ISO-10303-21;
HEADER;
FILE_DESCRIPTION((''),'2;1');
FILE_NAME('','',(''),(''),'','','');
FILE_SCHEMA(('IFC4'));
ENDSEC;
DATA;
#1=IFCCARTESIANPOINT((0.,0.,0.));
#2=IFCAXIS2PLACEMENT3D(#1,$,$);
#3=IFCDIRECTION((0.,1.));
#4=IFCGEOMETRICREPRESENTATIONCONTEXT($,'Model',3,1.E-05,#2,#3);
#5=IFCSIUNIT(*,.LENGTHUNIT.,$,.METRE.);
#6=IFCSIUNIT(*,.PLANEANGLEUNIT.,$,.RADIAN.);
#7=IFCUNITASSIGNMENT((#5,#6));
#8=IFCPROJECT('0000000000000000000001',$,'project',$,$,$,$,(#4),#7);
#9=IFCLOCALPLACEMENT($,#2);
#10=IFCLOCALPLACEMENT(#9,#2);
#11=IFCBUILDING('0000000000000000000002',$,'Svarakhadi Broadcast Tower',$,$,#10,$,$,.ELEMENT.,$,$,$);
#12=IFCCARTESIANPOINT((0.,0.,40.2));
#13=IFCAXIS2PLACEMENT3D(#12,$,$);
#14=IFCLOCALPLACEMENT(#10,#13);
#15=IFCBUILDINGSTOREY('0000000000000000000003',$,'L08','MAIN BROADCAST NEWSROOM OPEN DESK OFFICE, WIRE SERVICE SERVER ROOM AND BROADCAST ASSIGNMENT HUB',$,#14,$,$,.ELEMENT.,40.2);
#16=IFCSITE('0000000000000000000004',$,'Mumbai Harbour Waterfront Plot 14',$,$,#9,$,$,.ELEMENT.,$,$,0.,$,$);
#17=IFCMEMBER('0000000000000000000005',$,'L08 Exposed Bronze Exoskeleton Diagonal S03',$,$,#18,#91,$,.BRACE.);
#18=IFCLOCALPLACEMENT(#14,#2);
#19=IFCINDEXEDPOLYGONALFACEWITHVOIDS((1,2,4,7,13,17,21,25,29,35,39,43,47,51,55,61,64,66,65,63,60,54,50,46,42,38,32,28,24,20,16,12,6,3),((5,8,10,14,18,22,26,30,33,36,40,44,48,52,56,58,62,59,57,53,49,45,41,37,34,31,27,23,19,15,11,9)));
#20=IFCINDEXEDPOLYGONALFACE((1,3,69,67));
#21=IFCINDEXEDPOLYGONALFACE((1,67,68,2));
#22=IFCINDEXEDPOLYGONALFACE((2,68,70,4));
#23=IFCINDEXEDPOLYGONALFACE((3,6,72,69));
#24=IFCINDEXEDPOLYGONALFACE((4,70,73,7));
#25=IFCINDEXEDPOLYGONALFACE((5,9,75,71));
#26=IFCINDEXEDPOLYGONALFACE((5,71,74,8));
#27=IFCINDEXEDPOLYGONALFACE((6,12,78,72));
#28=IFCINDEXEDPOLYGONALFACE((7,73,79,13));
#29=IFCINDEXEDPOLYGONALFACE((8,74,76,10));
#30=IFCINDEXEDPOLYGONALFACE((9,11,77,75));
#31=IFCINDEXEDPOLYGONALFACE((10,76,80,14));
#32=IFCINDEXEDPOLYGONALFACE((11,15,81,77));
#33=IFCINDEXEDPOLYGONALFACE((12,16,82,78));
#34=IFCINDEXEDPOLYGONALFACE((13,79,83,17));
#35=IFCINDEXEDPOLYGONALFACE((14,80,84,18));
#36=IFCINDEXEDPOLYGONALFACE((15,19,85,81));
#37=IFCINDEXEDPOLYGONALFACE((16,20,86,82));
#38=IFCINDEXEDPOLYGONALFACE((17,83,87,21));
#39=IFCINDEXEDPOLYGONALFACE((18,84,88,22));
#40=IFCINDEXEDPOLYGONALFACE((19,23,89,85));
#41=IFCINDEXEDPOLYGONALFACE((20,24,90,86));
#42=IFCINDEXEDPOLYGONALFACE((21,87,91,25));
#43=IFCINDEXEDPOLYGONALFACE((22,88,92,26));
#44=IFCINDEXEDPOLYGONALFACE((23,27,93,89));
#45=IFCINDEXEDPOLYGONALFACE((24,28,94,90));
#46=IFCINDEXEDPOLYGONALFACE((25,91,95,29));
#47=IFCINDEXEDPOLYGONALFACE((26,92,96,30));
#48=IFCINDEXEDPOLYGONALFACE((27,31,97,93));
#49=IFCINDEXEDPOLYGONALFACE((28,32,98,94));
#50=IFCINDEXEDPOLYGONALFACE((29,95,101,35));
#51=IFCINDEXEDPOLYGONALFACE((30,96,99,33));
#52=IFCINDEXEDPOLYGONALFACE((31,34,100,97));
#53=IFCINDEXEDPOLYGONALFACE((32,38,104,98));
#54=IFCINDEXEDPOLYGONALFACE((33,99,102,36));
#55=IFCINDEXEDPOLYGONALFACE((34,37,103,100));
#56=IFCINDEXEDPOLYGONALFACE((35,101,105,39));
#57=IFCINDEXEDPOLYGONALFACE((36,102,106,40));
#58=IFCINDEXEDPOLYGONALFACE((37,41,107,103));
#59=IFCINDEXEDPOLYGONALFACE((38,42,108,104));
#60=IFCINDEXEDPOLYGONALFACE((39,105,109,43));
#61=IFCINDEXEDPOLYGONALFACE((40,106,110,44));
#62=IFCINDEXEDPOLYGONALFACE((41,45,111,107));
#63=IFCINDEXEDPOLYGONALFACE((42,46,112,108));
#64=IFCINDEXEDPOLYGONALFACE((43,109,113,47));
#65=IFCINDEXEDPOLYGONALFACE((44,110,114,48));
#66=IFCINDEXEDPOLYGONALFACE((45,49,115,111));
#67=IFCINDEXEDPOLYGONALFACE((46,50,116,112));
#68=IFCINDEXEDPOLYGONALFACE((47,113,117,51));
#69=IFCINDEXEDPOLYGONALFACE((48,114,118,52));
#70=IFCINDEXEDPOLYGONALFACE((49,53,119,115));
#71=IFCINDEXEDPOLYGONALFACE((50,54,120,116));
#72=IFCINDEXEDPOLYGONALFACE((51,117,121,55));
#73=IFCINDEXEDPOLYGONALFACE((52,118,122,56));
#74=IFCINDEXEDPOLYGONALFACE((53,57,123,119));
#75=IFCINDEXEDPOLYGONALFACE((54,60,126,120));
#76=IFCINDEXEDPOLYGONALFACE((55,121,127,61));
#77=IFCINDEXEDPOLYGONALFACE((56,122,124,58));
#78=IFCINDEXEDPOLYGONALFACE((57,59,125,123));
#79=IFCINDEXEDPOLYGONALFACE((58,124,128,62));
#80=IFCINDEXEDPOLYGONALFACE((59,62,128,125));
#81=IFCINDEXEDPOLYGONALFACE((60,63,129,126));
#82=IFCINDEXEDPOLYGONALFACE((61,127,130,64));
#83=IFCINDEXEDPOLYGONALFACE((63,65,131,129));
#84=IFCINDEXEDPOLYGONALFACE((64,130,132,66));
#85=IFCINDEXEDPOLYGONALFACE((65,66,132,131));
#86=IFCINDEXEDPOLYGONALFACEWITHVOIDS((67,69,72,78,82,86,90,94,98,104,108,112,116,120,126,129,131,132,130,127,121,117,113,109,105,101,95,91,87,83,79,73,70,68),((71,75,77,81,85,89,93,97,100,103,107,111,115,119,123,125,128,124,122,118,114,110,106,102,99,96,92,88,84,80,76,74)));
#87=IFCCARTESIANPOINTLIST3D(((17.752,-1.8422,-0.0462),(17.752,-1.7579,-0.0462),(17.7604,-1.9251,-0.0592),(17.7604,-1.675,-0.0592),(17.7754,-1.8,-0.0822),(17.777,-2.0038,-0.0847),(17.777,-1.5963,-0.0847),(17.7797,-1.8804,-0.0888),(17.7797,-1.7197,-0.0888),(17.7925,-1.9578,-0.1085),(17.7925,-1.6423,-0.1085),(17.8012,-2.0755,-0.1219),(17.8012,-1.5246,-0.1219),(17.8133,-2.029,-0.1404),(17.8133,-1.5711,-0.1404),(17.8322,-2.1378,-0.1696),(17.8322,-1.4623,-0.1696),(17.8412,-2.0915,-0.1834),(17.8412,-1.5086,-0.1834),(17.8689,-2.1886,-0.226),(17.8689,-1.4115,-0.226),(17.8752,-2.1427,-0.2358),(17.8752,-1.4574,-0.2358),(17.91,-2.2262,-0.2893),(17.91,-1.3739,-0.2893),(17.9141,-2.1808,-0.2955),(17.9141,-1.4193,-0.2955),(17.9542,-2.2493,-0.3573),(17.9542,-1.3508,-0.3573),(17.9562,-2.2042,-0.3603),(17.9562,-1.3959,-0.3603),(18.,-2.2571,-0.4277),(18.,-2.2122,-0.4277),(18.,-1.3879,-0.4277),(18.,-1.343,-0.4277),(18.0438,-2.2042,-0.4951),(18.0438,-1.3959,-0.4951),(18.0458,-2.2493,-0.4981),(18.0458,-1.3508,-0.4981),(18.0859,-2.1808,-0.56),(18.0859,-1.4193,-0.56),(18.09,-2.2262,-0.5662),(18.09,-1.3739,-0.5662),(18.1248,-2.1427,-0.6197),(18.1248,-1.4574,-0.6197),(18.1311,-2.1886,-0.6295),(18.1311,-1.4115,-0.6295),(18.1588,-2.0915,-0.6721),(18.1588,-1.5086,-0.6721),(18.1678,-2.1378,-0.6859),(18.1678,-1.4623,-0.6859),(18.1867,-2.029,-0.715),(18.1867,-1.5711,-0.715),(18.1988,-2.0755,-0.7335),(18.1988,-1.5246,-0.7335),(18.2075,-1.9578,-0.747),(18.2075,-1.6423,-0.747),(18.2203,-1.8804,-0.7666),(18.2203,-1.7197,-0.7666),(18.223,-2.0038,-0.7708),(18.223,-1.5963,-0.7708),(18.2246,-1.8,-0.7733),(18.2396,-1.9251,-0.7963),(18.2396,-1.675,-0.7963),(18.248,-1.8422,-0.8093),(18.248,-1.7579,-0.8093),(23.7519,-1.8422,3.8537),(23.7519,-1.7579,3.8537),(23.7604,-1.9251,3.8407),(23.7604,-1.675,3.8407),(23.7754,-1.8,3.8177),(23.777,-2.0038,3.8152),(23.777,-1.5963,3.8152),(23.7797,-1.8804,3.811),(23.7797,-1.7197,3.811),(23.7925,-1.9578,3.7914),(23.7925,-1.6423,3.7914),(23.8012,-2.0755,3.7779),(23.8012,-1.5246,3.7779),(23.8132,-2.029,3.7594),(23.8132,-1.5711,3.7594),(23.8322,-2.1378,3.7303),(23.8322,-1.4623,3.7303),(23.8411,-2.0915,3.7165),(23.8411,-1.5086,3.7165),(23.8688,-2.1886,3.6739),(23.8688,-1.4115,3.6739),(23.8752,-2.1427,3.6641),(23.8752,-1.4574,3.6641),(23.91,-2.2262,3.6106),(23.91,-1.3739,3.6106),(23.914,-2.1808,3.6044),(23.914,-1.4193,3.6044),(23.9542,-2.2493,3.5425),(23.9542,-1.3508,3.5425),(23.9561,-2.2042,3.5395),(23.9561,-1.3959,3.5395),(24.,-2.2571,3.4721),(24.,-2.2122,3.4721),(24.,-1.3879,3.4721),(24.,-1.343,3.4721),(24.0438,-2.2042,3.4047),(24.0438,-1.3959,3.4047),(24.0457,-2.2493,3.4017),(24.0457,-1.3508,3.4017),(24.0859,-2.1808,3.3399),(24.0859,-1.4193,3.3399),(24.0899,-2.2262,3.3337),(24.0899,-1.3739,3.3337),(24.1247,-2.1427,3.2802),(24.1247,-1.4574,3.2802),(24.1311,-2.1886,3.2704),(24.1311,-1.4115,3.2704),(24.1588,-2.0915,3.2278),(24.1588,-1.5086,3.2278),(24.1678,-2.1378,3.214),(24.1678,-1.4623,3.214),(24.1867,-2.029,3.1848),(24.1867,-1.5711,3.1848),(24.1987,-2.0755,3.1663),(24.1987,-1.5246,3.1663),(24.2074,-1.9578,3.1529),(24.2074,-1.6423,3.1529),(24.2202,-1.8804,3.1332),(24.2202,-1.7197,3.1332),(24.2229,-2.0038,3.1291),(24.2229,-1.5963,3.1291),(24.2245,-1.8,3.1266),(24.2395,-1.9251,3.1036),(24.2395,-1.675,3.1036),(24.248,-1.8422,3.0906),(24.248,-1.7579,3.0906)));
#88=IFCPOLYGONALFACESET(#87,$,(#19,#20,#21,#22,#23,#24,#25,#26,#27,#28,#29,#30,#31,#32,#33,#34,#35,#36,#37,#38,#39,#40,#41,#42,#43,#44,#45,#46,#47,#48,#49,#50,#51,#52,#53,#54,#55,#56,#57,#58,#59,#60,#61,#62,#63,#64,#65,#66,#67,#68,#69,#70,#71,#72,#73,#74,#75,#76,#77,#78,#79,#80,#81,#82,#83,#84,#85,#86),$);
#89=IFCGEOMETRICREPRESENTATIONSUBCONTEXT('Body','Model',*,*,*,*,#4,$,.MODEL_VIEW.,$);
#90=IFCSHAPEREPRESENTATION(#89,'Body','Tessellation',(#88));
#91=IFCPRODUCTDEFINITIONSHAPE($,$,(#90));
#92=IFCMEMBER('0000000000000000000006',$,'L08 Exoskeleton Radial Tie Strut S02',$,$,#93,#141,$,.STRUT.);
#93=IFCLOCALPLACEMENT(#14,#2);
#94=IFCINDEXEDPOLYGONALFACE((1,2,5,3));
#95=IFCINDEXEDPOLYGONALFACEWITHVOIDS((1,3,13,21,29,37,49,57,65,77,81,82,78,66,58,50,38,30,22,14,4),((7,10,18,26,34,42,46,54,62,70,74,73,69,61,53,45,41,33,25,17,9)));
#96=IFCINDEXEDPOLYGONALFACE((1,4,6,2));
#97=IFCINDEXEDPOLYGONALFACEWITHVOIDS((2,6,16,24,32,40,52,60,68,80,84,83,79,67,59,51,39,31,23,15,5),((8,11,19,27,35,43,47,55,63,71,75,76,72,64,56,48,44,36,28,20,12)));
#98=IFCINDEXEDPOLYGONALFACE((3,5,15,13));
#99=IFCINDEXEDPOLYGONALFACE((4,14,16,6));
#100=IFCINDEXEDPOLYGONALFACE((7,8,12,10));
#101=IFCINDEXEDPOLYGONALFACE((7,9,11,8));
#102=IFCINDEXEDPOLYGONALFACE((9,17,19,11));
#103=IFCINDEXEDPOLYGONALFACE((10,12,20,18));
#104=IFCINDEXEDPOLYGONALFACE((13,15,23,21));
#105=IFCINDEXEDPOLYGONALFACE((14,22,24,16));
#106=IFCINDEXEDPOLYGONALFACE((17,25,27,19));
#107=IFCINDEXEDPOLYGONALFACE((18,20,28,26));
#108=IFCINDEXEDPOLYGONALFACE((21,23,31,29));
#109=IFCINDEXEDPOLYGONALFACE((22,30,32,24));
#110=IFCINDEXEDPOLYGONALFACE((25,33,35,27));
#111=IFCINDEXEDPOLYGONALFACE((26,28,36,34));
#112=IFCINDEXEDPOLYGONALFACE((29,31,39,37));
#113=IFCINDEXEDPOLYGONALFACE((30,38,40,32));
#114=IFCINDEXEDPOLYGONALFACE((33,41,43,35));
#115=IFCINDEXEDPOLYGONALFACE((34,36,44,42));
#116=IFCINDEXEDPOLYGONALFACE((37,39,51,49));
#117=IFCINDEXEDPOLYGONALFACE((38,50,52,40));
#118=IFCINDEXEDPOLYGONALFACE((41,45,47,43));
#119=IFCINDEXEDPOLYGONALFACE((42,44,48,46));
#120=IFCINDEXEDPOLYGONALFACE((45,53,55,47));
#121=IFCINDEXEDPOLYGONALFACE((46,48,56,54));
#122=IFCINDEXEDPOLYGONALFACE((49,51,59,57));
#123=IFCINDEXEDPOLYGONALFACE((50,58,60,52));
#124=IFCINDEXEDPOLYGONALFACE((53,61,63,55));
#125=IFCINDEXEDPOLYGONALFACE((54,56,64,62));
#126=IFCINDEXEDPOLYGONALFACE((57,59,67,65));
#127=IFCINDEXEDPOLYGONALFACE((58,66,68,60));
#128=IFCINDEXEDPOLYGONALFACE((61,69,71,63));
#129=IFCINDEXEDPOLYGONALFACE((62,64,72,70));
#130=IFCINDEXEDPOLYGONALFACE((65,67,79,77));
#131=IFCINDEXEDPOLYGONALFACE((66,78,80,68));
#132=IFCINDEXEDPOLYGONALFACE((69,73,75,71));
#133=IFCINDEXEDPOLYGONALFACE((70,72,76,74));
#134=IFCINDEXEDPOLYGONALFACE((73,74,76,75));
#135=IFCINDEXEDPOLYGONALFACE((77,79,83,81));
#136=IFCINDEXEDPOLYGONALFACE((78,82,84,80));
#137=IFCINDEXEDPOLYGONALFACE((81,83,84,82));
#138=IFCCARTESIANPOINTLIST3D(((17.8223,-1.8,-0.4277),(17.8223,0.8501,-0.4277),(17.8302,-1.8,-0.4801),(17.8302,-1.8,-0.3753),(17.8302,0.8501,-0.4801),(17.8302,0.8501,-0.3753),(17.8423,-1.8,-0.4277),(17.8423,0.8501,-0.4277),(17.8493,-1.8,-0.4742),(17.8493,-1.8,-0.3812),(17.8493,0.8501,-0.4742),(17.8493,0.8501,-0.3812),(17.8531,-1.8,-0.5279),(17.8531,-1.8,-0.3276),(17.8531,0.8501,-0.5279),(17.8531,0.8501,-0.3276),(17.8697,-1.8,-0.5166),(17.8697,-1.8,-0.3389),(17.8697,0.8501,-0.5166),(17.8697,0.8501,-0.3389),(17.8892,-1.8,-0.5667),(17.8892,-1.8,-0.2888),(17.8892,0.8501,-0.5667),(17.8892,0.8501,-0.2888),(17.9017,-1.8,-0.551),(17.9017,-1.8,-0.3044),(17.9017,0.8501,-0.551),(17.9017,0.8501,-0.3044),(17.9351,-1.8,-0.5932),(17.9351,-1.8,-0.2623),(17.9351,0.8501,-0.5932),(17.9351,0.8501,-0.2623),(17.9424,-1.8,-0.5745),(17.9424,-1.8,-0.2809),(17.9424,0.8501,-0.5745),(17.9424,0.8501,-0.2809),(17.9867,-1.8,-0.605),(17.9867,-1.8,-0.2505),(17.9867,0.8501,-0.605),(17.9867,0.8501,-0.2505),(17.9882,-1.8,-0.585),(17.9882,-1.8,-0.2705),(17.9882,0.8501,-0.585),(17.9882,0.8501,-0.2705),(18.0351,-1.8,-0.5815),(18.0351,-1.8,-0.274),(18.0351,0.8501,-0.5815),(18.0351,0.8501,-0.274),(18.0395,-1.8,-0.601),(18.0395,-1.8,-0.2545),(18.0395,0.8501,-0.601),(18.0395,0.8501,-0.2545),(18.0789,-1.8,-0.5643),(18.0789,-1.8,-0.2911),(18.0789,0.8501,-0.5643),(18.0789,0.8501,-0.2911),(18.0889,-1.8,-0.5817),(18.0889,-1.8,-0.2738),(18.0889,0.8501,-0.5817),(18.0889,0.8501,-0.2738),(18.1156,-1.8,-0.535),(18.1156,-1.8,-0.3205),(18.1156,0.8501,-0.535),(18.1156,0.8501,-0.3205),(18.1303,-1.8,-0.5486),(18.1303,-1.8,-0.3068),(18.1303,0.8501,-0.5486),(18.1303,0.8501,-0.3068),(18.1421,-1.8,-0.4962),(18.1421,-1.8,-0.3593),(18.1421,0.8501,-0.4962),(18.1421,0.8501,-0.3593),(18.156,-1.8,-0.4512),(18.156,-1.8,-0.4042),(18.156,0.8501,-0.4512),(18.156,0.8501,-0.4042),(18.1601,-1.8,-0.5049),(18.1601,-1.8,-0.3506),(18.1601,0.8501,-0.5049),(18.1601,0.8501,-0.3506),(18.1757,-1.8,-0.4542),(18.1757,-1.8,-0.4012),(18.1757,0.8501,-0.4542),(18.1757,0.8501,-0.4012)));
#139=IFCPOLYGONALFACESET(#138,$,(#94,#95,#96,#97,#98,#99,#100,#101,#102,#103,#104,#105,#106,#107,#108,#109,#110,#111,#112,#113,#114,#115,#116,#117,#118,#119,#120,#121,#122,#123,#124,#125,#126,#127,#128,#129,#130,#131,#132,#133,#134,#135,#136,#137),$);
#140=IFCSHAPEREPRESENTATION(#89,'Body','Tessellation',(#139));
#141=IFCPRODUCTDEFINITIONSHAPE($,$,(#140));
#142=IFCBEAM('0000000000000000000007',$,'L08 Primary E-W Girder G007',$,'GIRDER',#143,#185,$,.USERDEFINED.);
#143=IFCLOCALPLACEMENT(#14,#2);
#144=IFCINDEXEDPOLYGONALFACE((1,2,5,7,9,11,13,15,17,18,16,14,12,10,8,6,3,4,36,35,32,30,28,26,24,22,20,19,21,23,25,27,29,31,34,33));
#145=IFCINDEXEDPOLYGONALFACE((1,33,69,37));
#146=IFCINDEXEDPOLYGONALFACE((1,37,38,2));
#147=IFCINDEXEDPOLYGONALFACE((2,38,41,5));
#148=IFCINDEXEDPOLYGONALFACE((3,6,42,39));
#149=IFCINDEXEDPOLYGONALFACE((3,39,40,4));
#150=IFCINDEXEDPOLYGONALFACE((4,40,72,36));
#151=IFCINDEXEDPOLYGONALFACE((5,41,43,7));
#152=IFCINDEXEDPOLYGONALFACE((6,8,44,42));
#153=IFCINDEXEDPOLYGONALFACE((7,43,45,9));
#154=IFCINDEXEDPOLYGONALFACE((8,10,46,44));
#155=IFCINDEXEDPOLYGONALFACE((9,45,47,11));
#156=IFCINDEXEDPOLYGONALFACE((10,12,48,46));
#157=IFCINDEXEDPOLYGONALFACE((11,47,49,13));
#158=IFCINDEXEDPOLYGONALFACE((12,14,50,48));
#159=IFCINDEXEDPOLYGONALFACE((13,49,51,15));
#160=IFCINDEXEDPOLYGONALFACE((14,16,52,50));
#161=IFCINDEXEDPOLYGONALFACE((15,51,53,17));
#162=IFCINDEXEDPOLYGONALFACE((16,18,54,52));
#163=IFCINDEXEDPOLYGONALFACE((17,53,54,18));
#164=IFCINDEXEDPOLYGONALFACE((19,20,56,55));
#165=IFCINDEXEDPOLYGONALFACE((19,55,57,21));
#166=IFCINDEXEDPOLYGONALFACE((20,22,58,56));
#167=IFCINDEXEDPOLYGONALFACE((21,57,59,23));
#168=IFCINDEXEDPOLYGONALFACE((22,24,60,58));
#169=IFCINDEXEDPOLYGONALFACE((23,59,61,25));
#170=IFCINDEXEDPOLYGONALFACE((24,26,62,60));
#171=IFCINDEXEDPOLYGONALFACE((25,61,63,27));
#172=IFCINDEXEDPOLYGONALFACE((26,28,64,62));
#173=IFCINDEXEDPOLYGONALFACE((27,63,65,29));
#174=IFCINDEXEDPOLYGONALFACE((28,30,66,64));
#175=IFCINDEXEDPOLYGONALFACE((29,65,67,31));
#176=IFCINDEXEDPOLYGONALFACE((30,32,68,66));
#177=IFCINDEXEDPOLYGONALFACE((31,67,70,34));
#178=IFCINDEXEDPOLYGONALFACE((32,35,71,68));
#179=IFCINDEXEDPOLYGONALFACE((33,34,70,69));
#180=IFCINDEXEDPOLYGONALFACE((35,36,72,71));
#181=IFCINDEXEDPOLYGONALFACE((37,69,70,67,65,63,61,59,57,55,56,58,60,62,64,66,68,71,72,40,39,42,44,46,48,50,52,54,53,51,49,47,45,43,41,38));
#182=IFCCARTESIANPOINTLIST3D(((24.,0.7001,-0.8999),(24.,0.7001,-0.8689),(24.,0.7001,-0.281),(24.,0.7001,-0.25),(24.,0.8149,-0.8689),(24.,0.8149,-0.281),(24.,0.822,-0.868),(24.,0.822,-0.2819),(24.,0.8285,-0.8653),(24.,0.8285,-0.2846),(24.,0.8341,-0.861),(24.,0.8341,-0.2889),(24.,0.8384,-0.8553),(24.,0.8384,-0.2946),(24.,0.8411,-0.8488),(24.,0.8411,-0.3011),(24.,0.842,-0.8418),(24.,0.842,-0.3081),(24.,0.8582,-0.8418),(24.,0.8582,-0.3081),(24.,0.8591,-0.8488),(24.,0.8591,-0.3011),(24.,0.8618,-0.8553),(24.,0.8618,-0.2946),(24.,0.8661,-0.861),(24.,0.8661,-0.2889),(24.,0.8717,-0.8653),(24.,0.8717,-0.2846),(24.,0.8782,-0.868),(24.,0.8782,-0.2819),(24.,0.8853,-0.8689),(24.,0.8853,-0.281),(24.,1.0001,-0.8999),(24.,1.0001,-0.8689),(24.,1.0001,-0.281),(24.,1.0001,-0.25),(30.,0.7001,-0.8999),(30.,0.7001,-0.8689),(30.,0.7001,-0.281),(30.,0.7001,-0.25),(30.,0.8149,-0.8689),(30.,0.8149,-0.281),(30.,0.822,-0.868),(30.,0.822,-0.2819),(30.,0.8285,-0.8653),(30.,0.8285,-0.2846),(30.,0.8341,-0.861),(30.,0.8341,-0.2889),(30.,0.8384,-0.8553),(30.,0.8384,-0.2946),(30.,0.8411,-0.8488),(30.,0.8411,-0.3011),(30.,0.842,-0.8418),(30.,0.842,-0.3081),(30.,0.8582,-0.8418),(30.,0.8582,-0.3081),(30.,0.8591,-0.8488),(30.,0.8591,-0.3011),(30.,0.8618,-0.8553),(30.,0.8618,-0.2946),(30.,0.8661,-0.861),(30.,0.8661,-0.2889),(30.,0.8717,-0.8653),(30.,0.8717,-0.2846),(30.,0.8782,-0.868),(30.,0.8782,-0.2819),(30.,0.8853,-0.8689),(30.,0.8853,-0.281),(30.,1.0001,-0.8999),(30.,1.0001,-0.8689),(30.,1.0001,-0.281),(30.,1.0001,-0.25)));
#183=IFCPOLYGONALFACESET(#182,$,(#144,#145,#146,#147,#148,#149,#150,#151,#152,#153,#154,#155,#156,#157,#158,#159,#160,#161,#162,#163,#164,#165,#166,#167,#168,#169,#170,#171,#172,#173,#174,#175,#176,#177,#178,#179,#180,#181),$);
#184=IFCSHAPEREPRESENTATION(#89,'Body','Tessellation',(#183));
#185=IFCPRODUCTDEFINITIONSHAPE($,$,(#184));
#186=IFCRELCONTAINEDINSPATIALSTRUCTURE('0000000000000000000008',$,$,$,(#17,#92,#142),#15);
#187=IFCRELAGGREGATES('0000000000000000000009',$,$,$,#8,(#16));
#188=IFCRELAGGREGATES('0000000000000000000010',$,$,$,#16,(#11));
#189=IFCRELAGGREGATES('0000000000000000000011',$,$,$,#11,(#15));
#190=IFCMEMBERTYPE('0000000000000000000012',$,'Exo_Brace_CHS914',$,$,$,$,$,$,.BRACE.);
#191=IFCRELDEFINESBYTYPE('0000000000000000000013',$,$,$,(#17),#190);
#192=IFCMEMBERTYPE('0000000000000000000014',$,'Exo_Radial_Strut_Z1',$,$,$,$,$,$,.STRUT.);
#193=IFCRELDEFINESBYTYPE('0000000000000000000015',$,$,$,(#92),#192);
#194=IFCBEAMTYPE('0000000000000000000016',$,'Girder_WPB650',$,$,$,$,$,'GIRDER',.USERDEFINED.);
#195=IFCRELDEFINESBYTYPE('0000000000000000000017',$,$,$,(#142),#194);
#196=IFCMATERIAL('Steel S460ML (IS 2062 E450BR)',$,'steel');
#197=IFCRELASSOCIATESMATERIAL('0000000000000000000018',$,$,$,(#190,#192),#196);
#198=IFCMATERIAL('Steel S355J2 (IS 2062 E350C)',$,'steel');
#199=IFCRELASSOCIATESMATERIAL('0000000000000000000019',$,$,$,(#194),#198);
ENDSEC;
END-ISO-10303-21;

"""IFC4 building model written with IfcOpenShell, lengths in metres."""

from ifc_helpers import new_model, si_unit, direction, frame, origin, origin_2d, place, context, subcontext, project, spatial, hollow_circle, i_section, extrude, material, material_profile, profile_set, type_object, element, save


model = new_model("IFC4")

# Units and contexts
model_context = context("Model", 3, precision=1e-05, world=origin(), true_north=direction((0.0, 1.0)))
body_context = subcontext(model_context, "Body", "Model", "MODEL_VIEW")
ifc_project = project(units=[si_unit("LENGTHUNIT", "METRE"), si_unit("PLANEANGLEUNIT", "RADIAN")], contexts=[model_context])

# Site, building, storey
site_placement = place(None, origin())
site = spatial("IfcSite", under=ifc_project, at=site_placement, Name="Mumbai Harbour Waterfront Plot 14", CompositionType="ELEMENT", RefElevation=0.0)
building_placement = place(site_placement, origin())
building = spatial("IfcBuilding", under=site, at=building_placement, Name="Svarakhadi Broadcast Tower", CompositionType="ELEMENT")
storey_placement = place(building_placement, frame((0.0, 0.0, 40.2)))
storey = spatial("IfcBuildingStorey", under=building, at=storey_placement, Name="L08", Description="MAIN BROADCAST NEWSROOM OPEN DESK OFFICE, WIRE SERVICE SERVER ROOM AND BROADCAST ASSIGNMENT HUB", CompositionType="ELEMENT", Elevation=40.2)

# Shared definitions
ifc_material_1 = material(Name="Steel S355J2 (IS 2062 E350C)", Category="steel")

# Members
ifc_material_2 = material(Name="Steel S460ML (IS 2062 E450BR)", Category="steel")
ifc_material_profile_1 = material_profile(ifc_material_2, hollow_circle(Radius=0.457, WallThickness=0.0449, at=origin_2d()), Name="CHS 914x45")
ifc_profile_set_1 = profile_set([ifc_material_profile_1], Name="Steel S460ML (IS 2062 E450BR)")
member_type_1 = type_object("IfcMemberType", Name="Exo_Brace_CHS914", PredefinedType="BRACE", material=ifc_profile_set_1)
for number, where, z_axis, x_axis, name in (
    (1, (18.0, -1.8, -0.4277), (0.83845, 0.0, 0.544979), (0.0, 1.0, 0.0), "L08 Exposed Bronze Exoskeleton Diagonal S03"),
):
    element("IfcMember", number, at=place(storey_placement, frame(where, z_axis=z_axis, x_axis=x_axis)), inside=storey, type_object=member_type_1, Name=name, PredefinedType="BRACE", context=body_context, shape_type="SweptSolid", body=[
        extrude(hollow_circle(Radius=0.457, WallThickness=0.0449, at=origin_2d()), origin(), (0.0, 0.0, 1.0), 7.156),
    ])
ifc_material_profile_2 = material_profile(ifc_material_2, hollow_circle(Radius=0.1777, WallThickness=0.02, at=origin_2d()), Name="CHS 355.6x20")
ifc_profile_set_2 = profile_set([ifc_material_profile_2], Name="Steel S460ML (IS 2062 E450BR)")
member_type_2 = type_object("IfcMemberType", Name="Exo_Radial_Strut_Z1", PredefinedType="STRUT", material=ifc_profile_set_2)
member_1_placement = place(storey_placement, frame((18.0, -1.8, -0.4277), z_axis=(0.0, 1.0, 0.0), x_axis=(-1.0, 0.0, 0.0)))
element("IfcMember", 2, at=member_1_placement, inside=storey, type_object=member_type_2, Name="L08 Exoskeleton Radial Tie Strut S02", PredefinedType="STRUT", context=body_context, shape_type="SweptSolid", body=[
    extrude(hollow_circle(Radius=0.1777, WallThickness=0.02, at=origin_2d()), origin(), (0.0, 0.0, 1.0), 2.6501),
])

# Beam
ifc_material_profile_3 = material_profile(ifc_material_1, i_section(OverallWidth=0.3, OverallDepth=0.6499, WebThickness=0.0161, FlangeThickness=0.031, FilletRadius=0.0271, at=origin_2d()), Name="WPB 650x300x225")
ifc_profile_set_3 = profile_set([ifc_material_profile_3], Name="Steel S355J2 (IS 2062 E350C)")
beam_type_1 = type_object("IfcBeamType", Name="Girder_WPB650", ElementType="GIRDER", PredefinedType="USERDEFINED", material=ifc_profile_set_3)
beam_1_placement = place(storey_placement, frame((24.0, 0.8501, -0.575), z_axis=(1.0, 0.0, 0.0), x_axis=(0.0, 1.0, 0.0)))
element("IfcBeam", 3, at=beam_1_placement, inside=storey, type_object=beam_type_1, Name="L08 Primary E-W Girder G007", ObjectType="GIRDER", PredefinedType="USERDEFINED", context=body_context, shape_type="SweptSolid", body=[
    extrude(i_section(OverallWidth=0.3, OverallDepth=0.6499, WebThickness=0.0161, FlangeThickness=0.031, FilletRadius=0.0271, at=origin_2d()), origin(), (0.0, 0.0, 1.0), 6.0),
])

save(model, "model.ifc")
